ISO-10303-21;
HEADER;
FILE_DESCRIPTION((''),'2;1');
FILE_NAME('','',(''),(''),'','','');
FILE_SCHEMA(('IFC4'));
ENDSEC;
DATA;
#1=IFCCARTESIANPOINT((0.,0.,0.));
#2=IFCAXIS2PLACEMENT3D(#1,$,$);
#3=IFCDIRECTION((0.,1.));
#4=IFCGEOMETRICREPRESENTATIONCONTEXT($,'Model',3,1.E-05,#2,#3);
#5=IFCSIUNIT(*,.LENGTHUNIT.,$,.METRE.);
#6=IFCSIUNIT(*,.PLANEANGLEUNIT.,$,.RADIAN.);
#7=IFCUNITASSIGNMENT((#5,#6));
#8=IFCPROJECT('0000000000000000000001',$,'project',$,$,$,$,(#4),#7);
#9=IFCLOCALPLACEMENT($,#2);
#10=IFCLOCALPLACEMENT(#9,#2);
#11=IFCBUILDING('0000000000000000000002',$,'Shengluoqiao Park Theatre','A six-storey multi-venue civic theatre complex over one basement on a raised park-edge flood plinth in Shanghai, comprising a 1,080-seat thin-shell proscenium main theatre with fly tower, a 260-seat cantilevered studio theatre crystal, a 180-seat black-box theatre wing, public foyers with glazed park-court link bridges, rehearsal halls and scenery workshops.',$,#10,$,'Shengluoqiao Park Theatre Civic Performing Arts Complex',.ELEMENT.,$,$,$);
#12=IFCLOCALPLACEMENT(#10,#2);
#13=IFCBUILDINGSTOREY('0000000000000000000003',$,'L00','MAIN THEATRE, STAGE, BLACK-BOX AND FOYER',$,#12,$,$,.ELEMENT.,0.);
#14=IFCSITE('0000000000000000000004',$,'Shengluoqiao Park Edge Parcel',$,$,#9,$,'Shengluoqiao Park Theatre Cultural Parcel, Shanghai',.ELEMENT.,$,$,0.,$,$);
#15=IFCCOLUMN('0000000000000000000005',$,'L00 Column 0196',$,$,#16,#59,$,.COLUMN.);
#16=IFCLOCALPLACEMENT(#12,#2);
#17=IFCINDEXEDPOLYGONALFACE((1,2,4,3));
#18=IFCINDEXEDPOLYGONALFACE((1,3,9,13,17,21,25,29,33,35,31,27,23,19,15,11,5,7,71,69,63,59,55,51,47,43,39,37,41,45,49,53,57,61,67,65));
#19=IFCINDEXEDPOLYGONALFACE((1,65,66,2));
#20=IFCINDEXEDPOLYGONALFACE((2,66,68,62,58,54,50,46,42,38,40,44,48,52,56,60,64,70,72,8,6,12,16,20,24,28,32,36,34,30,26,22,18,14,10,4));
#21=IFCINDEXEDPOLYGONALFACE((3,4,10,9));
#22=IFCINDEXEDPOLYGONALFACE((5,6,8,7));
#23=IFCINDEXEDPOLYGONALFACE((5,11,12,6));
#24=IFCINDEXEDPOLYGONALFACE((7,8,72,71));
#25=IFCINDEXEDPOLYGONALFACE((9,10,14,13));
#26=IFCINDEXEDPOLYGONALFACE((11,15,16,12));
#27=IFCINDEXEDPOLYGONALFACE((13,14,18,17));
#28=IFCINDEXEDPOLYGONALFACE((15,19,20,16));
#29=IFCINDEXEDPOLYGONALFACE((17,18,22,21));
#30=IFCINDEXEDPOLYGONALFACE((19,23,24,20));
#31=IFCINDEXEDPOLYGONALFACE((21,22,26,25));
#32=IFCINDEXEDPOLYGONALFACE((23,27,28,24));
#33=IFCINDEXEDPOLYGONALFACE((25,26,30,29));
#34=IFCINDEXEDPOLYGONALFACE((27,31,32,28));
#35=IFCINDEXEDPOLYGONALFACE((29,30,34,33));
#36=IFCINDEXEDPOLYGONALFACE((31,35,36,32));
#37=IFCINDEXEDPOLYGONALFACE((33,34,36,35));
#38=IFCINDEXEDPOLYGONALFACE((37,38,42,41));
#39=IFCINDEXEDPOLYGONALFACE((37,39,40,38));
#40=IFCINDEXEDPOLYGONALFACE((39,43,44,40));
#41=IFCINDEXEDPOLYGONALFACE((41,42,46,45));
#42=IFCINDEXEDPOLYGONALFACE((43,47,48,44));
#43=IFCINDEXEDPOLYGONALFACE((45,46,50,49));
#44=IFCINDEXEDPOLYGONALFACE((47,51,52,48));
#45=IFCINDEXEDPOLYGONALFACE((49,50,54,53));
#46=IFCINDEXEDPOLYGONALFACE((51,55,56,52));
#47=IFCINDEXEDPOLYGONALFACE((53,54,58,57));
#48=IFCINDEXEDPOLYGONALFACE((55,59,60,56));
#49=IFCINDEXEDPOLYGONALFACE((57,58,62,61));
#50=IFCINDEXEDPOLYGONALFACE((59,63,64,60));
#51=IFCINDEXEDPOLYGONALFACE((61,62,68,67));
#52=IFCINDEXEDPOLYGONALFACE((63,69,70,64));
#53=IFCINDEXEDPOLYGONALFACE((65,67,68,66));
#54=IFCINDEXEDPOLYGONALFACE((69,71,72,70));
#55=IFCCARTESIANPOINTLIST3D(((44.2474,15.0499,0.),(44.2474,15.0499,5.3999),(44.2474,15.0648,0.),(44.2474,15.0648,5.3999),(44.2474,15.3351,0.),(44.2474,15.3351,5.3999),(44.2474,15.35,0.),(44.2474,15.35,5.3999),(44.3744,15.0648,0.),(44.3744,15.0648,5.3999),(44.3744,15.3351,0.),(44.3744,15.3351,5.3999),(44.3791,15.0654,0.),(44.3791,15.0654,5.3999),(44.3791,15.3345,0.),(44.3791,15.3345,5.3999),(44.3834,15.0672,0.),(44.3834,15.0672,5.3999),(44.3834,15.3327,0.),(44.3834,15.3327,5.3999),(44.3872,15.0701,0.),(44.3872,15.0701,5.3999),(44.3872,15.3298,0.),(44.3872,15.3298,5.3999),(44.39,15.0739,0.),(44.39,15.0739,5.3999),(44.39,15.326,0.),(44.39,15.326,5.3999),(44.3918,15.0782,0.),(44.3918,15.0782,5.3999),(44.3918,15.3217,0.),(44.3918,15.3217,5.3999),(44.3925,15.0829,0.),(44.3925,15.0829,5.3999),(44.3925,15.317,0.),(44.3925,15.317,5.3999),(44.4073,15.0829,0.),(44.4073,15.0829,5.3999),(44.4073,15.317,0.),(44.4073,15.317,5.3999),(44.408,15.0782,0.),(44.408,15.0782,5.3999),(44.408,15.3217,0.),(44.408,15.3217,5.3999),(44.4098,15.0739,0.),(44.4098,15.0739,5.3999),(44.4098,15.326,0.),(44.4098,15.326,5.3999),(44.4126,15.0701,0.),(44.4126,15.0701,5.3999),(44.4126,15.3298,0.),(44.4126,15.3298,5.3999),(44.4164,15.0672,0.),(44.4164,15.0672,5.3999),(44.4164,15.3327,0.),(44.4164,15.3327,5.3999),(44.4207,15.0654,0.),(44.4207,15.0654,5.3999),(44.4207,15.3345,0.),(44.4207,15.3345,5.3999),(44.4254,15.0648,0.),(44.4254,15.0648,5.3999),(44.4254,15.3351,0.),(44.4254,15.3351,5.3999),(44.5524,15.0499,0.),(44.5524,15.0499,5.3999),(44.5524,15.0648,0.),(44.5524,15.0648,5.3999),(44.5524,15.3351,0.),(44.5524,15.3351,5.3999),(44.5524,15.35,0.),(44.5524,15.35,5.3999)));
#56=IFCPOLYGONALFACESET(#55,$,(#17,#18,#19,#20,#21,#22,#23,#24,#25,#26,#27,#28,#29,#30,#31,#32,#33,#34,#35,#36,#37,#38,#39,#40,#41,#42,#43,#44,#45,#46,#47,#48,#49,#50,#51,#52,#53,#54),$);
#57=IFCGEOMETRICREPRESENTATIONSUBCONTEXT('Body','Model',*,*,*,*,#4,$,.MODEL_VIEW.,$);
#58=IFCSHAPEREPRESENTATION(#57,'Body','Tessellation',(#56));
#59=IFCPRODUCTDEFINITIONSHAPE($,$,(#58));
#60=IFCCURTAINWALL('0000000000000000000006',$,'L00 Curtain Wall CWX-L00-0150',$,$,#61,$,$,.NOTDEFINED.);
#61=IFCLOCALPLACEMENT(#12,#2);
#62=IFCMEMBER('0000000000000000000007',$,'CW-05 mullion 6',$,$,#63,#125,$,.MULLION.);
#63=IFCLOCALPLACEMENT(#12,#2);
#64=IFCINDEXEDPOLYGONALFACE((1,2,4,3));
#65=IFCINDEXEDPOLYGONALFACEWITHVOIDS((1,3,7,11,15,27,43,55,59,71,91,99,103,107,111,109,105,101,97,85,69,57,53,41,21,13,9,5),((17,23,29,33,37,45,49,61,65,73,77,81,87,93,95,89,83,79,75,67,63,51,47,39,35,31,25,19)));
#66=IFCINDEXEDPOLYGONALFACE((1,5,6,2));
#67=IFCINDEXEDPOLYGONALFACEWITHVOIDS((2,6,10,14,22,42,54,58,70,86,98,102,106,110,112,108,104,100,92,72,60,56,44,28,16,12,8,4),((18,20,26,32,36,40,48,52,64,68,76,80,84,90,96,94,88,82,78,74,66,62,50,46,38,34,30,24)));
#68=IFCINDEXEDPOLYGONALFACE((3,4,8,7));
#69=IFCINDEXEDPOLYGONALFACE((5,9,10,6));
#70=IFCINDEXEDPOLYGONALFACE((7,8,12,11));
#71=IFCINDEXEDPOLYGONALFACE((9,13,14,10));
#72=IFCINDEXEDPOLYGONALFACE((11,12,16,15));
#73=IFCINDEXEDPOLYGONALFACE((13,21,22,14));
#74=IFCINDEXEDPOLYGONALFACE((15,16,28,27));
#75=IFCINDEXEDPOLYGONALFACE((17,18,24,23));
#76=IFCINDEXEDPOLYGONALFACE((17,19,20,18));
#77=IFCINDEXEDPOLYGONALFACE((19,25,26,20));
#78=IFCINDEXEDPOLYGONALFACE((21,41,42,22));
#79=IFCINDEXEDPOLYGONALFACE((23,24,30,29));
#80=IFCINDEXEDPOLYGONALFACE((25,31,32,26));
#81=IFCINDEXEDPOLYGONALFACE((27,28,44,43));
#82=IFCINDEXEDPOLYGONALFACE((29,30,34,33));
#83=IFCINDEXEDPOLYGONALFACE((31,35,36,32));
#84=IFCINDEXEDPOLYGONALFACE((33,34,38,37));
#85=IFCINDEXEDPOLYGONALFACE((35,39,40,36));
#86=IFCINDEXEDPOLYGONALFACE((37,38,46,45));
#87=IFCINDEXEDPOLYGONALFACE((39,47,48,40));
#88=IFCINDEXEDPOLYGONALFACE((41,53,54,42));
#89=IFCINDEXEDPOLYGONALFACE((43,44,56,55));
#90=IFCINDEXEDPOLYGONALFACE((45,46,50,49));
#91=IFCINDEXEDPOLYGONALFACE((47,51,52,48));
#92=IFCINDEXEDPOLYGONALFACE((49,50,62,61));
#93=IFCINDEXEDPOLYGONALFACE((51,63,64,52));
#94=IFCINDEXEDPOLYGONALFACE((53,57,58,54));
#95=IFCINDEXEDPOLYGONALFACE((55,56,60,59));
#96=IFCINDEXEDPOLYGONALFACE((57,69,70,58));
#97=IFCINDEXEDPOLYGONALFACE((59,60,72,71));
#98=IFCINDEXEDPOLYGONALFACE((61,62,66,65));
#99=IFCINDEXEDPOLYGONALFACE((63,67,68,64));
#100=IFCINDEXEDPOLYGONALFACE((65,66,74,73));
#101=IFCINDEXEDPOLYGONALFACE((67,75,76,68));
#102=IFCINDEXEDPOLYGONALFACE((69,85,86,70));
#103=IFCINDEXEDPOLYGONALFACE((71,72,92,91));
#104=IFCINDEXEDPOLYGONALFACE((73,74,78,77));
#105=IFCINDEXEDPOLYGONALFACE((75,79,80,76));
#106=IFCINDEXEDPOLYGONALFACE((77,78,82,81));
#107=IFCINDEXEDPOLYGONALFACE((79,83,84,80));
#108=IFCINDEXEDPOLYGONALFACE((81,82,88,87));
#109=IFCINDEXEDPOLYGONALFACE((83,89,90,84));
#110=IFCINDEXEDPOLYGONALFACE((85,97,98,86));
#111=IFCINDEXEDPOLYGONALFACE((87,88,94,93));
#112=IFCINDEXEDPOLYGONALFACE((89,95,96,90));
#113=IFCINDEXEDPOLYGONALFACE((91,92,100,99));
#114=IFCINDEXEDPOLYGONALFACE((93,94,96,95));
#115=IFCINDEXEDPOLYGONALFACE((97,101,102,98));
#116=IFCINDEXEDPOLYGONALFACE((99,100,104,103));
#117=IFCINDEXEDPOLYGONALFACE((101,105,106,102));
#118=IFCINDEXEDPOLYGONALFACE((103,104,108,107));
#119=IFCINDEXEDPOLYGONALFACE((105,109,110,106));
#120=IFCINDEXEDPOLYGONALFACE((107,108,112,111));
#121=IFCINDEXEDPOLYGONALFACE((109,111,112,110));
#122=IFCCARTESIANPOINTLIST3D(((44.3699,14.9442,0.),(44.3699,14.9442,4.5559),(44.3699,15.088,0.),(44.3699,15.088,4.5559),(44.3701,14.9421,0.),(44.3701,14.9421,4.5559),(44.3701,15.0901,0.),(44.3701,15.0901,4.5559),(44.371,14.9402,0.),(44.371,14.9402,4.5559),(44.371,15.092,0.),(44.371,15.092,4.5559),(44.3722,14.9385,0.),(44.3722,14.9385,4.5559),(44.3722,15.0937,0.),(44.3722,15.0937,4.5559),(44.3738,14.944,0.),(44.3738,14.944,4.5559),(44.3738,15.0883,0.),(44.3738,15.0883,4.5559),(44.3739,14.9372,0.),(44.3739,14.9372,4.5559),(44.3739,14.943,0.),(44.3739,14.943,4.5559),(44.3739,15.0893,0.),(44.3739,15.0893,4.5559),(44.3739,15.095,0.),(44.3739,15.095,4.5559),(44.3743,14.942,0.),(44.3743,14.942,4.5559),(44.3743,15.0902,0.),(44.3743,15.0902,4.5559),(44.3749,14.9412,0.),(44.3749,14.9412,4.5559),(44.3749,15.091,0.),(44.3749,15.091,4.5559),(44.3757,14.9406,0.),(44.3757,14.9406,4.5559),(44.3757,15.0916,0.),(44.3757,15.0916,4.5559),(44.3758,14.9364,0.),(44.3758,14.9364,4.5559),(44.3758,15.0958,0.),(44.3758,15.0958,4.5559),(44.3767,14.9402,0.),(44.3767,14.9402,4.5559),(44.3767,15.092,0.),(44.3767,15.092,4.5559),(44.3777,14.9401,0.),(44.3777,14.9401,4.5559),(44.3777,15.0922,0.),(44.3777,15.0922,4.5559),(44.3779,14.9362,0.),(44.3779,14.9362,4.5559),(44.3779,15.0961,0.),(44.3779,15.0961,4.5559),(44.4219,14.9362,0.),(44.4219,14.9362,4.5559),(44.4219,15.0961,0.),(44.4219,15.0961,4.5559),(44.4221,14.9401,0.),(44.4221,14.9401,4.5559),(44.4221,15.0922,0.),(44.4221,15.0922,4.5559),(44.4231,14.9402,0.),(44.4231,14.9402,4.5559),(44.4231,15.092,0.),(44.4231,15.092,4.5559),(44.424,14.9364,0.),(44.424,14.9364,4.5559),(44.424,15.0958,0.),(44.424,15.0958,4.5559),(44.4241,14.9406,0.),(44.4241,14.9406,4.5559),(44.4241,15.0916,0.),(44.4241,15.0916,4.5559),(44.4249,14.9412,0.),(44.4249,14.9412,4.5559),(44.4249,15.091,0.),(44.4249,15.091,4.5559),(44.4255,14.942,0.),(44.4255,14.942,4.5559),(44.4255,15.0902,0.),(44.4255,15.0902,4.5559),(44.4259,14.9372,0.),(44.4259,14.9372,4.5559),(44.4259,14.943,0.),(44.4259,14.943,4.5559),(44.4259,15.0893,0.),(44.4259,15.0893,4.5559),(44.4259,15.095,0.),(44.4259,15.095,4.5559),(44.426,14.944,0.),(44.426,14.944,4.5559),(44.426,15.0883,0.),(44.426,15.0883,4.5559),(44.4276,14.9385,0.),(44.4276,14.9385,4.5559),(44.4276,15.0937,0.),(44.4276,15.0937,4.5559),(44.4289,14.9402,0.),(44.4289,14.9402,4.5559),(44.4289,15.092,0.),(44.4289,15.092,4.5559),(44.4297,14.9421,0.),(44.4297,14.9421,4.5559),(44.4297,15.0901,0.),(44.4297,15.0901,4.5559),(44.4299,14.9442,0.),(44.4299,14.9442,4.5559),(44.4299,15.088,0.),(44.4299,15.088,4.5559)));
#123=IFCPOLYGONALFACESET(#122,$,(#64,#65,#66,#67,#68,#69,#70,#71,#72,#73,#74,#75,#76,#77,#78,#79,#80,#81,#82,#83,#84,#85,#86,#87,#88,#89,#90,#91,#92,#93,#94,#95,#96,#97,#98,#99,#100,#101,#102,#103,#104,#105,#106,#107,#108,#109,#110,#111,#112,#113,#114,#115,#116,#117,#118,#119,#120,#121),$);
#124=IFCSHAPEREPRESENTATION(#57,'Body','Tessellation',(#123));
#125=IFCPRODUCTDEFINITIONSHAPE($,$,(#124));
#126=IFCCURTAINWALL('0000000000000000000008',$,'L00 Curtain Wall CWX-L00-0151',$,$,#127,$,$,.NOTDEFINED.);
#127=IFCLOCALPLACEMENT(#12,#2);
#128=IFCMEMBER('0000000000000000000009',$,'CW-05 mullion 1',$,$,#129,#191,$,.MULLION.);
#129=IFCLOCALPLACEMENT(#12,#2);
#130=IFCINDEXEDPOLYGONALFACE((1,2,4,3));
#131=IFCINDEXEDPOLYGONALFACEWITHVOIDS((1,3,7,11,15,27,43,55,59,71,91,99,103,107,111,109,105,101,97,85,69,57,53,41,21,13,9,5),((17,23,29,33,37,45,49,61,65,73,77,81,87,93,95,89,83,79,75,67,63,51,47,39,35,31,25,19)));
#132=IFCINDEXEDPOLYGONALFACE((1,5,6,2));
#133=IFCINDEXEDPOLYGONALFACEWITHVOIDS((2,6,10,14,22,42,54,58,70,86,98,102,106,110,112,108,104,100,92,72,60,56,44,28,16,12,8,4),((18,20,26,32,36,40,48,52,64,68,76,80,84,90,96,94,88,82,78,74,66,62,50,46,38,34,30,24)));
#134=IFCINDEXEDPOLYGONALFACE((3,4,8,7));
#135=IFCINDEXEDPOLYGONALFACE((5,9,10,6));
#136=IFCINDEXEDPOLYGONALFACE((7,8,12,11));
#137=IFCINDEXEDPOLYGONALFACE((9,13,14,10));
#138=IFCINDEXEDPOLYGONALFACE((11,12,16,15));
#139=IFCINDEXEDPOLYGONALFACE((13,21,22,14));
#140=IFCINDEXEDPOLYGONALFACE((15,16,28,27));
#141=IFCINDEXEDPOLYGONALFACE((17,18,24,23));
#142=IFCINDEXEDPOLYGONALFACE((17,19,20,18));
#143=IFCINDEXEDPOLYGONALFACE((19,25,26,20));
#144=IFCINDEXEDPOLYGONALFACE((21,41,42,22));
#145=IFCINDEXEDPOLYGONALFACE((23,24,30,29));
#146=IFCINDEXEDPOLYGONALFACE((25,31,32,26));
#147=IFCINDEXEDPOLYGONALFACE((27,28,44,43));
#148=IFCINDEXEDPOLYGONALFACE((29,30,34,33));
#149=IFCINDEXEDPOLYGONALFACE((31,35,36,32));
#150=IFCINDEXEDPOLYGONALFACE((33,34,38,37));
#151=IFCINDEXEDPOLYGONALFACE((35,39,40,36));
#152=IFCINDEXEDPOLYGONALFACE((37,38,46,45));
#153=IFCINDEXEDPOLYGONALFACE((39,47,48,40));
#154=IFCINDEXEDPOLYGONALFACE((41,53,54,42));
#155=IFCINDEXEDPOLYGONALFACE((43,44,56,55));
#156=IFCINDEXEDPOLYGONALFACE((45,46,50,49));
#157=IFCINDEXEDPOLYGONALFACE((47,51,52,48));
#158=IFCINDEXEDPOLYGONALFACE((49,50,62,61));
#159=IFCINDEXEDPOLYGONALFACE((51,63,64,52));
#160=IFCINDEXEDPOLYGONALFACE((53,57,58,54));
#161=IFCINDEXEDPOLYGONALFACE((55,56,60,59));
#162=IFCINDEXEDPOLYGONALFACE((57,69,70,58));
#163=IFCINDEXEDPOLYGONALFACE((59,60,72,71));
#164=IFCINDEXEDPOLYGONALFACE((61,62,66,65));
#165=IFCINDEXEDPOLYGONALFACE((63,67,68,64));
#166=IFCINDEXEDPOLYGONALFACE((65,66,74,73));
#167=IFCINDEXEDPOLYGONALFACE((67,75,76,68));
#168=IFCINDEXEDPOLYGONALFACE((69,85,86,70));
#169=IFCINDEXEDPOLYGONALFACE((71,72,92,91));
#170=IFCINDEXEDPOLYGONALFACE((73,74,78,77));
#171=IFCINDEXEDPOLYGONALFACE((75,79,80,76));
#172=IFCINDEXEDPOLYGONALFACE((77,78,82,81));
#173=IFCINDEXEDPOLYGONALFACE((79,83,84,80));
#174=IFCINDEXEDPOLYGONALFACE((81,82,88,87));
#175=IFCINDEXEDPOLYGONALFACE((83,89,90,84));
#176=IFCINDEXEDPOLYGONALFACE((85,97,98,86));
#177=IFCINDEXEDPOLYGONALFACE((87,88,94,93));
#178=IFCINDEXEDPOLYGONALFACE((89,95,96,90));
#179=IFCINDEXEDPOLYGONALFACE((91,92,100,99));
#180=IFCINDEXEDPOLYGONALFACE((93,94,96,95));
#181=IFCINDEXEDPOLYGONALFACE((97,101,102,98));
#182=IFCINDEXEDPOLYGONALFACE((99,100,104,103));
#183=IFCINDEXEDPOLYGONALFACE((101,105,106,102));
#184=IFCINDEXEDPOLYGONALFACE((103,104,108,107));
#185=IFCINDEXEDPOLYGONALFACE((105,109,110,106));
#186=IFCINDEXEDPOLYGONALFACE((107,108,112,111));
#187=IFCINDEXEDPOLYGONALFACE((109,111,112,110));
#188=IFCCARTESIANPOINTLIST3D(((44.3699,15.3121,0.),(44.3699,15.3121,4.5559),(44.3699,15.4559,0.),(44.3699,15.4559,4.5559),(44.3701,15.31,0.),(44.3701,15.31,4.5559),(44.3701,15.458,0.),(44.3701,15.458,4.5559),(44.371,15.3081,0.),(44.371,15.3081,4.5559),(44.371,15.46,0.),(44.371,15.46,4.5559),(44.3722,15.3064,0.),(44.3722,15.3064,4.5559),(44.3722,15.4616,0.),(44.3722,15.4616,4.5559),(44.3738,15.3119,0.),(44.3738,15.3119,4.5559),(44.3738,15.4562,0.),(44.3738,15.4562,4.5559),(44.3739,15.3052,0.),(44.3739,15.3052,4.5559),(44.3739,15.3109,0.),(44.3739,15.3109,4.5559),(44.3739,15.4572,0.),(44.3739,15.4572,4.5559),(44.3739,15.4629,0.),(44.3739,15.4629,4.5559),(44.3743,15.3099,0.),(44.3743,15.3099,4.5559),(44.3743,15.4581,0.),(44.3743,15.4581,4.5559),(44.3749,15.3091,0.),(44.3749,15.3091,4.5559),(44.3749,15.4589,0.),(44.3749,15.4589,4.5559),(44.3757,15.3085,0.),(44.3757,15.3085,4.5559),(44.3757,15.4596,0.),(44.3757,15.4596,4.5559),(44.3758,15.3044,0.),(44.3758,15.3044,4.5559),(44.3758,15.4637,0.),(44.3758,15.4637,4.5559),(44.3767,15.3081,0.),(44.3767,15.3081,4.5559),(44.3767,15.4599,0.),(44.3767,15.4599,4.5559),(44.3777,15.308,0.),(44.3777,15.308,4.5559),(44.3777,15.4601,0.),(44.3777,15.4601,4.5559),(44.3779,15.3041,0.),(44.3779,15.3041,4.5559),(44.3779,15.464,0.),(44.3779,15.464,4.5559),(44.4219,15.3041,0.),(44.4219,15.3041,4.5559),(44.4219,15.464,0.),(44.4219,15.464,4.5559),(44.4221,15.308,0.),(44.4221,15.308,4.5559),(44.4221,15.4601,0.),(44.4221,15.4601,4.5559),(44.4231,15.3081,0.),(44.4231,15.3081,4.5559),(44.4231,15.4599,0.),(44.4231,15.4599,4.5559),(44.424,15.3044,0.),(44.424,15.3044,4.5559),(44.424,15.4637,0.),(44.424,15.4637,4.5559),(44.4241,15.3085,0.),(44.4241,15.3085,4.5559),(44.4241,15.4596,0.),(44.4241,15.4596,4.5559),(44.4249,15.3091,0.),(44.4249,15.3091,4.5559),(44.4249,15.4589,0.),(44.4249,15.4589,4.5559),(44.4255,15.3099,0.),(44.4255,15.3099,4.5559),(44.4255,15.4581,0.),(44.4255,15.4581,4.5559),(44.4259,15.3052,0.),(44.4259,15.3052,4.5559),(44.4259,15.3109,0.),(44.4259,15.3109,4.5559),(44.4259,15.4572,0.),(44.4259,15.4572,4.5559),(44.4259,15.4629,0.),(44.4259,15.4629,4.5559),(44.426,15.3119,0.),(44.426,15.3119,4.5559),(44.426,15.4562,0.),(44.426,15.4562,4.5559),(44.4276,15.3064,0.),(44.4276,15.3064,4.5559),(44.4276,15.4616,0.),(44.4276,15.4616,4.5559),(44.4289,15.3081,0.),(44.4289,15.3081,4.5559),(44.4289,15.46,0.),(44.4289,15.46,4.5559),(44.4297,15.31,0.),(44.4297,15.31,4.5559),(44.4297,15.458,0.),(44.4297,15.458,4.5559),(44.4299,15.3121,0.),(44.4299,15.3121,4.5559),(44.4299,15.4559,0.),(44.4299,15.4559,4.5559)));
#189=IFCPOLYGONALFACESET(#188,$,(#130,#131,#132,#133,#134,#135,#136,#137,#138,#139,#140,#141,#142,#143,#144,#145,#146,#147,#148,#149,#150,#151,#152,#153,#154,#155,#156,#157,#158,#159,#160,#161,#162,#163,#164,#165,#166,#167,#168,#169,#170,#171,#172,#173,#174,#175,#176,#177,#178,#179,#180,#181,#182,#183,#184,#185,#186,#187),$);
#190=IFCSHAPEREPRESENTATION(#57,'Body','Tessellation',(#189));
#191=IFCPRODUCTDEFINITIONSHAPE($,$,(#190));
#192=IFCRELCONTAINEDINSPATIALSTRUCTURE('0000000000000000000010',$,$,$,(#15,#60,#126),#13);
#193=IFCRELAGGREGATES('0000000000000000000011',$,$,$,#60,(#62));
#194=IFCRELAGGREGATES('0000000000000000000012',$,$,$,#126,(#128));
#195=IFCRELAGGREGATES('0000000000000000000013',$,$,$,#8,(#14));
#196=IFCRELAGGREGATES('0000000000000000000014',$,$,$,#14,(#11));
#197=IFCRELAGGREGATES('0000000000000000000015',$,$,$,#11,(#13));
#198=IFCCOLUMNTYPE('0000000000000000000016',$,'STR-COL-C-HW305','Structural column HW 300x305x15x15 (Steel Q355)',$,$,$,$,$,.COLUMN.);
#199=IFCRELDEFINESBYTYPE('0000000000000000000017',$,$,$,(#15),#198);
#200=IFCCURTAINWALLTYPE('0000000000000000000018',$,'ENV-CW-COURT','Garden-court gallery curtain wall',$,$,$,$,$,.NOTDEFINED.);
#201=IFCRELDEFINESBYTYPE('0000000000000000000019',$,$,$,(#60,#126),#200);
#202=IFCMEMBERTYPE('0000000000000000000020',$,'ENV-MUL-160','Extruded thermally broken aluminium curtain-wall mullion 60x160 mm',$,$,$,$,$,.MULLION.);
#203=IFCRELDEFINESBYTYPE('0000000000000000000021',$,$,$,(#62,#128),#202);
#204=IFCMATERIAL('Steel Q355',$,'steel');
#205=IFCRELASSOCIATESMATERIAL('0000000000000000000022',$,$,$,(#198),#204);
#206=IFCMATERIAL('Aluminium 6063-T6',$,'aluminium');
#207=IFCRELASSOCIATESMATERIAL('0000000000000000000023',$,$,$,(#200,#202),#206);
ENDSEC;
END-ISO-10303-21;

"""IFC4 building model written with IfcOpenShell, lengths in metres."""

from ifc_helpers import new_model, si_unit, direction, frame, origin, origin_2d, place, context, subcontext, project, spatial, hollow_rectangle, i_section, extrude, material, material_profile, profile_set, type_object, element, aggregate, save


model = new_model("IFC4")

# Units and contexts
model_context = context("Model", 3, precision=1e-05, world=origin(), true_north=direction((0.0, 1.0)))
body_context = subcontext(model_context, "Body", "Model", "MODEL_VIEW")
ifc_project = project(units=[si_unit("LENGTHUNIT", "METRE"), si_unit("PLANEANGLEUNIT", "RADIAN")], contexts=[model_context])

# Site, building, storey
site_placement = place(None, origin())
site = spatial("IfcSite", under=ifc_project, at=site_placement, Name="Shengluoqiao Park Edge Parcel", LongName="Shengluoqiao Park Theatre Cultural Parcel, Shanghai", CompositionType="ELEMENT", RefElevation=0.0)
building_placement = place(site_placement, origin())
building = spatial("IfcBuilding", under=site, at=building_placement, Name="Shengluoqiao Park Theatre", Description="A six-storey multi-venue civic theatre complex over one basement on a raised park-edge flood plinth in Shanghai, comprising a 1,080-seat thin-shell proscenium main theatre with fly tower, a 260-seat cantilevered studio theatre crystal, a 180-seat black-box theatre wing, public foyers with glazed park-court link bridges, rehearsal halls and scenery workshops.", LongName="Shengluoqiao Park Theatre Civic Performing Arts Complex", CompositionType="ELEMENT")
storey_placement = place(building_placement, origin())
storey = spatial("IfcBuildingStorey", under=building, at=storey_placement, Name="L00", Description="MAIN THEATRE, STAGE, BLACK-BOX AND FOYER", CompositionType="ELEMENT", Elevation=0.0)

# Column
ifc_material_1 = material(Name="Steel Q355", Category="steel")
ifc_material_profile_1 = material_profile(ifc_material_1, i_section(OverallWidth=0.3049, OverallDepth=0.3, WebThickness=0.0149, FlangeThickness=0.0149, FilletRadius=0.0181, at=origin_2d()), Name="HW 300x305x15x15")
ifc_profile_set_1 = profile_set([ifc_material_profile_1], Name="Steel Q355")
column_type = type_object("IfcColumnType", Name="STR-COL-C-HW305", Description="Structural column HW 300x305x15x15 (Steel Q355)", PredefinedType="COLUMN", material=ifc_profile_set_1)
column_placement = place(storey_placement, frame((44.3999, 15.2, 0.0), z_axis=(0.0, 0.0, 1.0), x_axis=(1.0, 0.0, 0.0)))
element("IfcColumn", 1, at=column_placement, inside=storey, type_object=column_type, Name="L00 Column 0196", PredefinedType="COLUMN", context=body_context, shape_type="SweptSolid", body=[
    extrude(i_section(OverallWidth=0.3049, OverallDepth=0.3, WebThickness=0.0149, FlangeThickness=0.0149, FilletRadius=0.0181, at=origin_2d()), origin(), (0.0, 0.0, 1.0), 5.3999),
])

# Curtain wall, member
ifc_material_2 = material(Name="Aluminium 6063-T6", Category="aluminium")
curtain_wall_type = type_object("IfcCurtainWallType", Name="ENV-CW-COURT", Description="Garden-court gallery curtain wall", PredefinedType="NOTDEFINED", material=ifc_material_2)
curtain_wall_1_placement = place(storey_placement, origin())
curtain_wall_1 = element("IfcCurtainWall", 2, at=curtain_wall_1_placement, inside=storey, type_object=curtain_wall_type, Name="L00 Curtain Wall CWX-L00-0150", PredefinedType="NOTDEFINED")
ifc_material_profile_2 = material_profile(ifc_material_2, hollow_rectangle(XDim=0.0601, YDim=0.1599, WallThickness=0.0039, InnerFilletRadius=0.0039, OuterFilletRadius=0.0081, at=origin_2d()), Name="ALU MULLION 160x60x4")
ifc_profile_set_2 = profile_set([ifc_material_profile_2], Name="Aluminium 6063-T6")
member_type_1 = type_object("IfcMemberType", Name="ENV-MUL-160", Description="Extruded thermally broken aluminium curtain-wall mullion 60x160 mm", PredefinedType="MULLION", material=ifc_profile_set_2)
member_1_placement = place(storey_placement, frame((44.3999, 15.0161, 0.0), z_axis=(0.0, 0.0, 1.0), x_axis=(-1.0, 0.0, 0.0)))
member_1 = element("IfcMember", 3, at=member_1_placement, type_object=member_type_1, Name="CW-05 mullion 6", PredefinedType="MULLION", context=body_context, shape_type="SweptSolid", body=[
    extrude(hollow_rectangle(XDim=0.0601, YDim=0.1599, WallThickness=0.0039, InnerFilletRadius=0.0039, OuterFilletRadius=0.0081, at=origin_2d()), origin(), (0.0, 0.0, 1.0), 4.5559),
])

# Curtain wall, member
curtain_wall_2_placement = place(storey_placement, origin())
curtain_wall_2 = element("IfcCurtainWall", 4, at=curtain_wall_2_placement, inside=storey, type_object=curtain_wall_type, Name="L00 Curtain Wall CWX-L00-0151", PredefinedType="NOTDEFINED")
member_2_placement = place(storey_placement, frame((44.3999, 15.384, 0.0), z_axis=(0.0, 0.0, 1.0), x_axis=(-1.0, 0.0, 0.0)))
member_2 = element("IfcMember", 5, at=member_2_placement, type_object=member_type_1, Name="CW-05 mullion 1", PredefinedType="MULLION", context=body_context, shape_type="SweptSolid", body=[
    extrude(hollow_rectangle(XDim=0.0601, YDim=0.1599, WallThickness=0.0039, InnerFilletRadius=0.0039, OuterFilletRadius=0.0081, at=origin_2d()), origin(), (0.0, 0.0, 1.0), 4.5559),
])

aggregate(curtain_wall_1, [member_1])
aggregate(curtain_wall_2, [member_2])

save(model, "model.ifc")
